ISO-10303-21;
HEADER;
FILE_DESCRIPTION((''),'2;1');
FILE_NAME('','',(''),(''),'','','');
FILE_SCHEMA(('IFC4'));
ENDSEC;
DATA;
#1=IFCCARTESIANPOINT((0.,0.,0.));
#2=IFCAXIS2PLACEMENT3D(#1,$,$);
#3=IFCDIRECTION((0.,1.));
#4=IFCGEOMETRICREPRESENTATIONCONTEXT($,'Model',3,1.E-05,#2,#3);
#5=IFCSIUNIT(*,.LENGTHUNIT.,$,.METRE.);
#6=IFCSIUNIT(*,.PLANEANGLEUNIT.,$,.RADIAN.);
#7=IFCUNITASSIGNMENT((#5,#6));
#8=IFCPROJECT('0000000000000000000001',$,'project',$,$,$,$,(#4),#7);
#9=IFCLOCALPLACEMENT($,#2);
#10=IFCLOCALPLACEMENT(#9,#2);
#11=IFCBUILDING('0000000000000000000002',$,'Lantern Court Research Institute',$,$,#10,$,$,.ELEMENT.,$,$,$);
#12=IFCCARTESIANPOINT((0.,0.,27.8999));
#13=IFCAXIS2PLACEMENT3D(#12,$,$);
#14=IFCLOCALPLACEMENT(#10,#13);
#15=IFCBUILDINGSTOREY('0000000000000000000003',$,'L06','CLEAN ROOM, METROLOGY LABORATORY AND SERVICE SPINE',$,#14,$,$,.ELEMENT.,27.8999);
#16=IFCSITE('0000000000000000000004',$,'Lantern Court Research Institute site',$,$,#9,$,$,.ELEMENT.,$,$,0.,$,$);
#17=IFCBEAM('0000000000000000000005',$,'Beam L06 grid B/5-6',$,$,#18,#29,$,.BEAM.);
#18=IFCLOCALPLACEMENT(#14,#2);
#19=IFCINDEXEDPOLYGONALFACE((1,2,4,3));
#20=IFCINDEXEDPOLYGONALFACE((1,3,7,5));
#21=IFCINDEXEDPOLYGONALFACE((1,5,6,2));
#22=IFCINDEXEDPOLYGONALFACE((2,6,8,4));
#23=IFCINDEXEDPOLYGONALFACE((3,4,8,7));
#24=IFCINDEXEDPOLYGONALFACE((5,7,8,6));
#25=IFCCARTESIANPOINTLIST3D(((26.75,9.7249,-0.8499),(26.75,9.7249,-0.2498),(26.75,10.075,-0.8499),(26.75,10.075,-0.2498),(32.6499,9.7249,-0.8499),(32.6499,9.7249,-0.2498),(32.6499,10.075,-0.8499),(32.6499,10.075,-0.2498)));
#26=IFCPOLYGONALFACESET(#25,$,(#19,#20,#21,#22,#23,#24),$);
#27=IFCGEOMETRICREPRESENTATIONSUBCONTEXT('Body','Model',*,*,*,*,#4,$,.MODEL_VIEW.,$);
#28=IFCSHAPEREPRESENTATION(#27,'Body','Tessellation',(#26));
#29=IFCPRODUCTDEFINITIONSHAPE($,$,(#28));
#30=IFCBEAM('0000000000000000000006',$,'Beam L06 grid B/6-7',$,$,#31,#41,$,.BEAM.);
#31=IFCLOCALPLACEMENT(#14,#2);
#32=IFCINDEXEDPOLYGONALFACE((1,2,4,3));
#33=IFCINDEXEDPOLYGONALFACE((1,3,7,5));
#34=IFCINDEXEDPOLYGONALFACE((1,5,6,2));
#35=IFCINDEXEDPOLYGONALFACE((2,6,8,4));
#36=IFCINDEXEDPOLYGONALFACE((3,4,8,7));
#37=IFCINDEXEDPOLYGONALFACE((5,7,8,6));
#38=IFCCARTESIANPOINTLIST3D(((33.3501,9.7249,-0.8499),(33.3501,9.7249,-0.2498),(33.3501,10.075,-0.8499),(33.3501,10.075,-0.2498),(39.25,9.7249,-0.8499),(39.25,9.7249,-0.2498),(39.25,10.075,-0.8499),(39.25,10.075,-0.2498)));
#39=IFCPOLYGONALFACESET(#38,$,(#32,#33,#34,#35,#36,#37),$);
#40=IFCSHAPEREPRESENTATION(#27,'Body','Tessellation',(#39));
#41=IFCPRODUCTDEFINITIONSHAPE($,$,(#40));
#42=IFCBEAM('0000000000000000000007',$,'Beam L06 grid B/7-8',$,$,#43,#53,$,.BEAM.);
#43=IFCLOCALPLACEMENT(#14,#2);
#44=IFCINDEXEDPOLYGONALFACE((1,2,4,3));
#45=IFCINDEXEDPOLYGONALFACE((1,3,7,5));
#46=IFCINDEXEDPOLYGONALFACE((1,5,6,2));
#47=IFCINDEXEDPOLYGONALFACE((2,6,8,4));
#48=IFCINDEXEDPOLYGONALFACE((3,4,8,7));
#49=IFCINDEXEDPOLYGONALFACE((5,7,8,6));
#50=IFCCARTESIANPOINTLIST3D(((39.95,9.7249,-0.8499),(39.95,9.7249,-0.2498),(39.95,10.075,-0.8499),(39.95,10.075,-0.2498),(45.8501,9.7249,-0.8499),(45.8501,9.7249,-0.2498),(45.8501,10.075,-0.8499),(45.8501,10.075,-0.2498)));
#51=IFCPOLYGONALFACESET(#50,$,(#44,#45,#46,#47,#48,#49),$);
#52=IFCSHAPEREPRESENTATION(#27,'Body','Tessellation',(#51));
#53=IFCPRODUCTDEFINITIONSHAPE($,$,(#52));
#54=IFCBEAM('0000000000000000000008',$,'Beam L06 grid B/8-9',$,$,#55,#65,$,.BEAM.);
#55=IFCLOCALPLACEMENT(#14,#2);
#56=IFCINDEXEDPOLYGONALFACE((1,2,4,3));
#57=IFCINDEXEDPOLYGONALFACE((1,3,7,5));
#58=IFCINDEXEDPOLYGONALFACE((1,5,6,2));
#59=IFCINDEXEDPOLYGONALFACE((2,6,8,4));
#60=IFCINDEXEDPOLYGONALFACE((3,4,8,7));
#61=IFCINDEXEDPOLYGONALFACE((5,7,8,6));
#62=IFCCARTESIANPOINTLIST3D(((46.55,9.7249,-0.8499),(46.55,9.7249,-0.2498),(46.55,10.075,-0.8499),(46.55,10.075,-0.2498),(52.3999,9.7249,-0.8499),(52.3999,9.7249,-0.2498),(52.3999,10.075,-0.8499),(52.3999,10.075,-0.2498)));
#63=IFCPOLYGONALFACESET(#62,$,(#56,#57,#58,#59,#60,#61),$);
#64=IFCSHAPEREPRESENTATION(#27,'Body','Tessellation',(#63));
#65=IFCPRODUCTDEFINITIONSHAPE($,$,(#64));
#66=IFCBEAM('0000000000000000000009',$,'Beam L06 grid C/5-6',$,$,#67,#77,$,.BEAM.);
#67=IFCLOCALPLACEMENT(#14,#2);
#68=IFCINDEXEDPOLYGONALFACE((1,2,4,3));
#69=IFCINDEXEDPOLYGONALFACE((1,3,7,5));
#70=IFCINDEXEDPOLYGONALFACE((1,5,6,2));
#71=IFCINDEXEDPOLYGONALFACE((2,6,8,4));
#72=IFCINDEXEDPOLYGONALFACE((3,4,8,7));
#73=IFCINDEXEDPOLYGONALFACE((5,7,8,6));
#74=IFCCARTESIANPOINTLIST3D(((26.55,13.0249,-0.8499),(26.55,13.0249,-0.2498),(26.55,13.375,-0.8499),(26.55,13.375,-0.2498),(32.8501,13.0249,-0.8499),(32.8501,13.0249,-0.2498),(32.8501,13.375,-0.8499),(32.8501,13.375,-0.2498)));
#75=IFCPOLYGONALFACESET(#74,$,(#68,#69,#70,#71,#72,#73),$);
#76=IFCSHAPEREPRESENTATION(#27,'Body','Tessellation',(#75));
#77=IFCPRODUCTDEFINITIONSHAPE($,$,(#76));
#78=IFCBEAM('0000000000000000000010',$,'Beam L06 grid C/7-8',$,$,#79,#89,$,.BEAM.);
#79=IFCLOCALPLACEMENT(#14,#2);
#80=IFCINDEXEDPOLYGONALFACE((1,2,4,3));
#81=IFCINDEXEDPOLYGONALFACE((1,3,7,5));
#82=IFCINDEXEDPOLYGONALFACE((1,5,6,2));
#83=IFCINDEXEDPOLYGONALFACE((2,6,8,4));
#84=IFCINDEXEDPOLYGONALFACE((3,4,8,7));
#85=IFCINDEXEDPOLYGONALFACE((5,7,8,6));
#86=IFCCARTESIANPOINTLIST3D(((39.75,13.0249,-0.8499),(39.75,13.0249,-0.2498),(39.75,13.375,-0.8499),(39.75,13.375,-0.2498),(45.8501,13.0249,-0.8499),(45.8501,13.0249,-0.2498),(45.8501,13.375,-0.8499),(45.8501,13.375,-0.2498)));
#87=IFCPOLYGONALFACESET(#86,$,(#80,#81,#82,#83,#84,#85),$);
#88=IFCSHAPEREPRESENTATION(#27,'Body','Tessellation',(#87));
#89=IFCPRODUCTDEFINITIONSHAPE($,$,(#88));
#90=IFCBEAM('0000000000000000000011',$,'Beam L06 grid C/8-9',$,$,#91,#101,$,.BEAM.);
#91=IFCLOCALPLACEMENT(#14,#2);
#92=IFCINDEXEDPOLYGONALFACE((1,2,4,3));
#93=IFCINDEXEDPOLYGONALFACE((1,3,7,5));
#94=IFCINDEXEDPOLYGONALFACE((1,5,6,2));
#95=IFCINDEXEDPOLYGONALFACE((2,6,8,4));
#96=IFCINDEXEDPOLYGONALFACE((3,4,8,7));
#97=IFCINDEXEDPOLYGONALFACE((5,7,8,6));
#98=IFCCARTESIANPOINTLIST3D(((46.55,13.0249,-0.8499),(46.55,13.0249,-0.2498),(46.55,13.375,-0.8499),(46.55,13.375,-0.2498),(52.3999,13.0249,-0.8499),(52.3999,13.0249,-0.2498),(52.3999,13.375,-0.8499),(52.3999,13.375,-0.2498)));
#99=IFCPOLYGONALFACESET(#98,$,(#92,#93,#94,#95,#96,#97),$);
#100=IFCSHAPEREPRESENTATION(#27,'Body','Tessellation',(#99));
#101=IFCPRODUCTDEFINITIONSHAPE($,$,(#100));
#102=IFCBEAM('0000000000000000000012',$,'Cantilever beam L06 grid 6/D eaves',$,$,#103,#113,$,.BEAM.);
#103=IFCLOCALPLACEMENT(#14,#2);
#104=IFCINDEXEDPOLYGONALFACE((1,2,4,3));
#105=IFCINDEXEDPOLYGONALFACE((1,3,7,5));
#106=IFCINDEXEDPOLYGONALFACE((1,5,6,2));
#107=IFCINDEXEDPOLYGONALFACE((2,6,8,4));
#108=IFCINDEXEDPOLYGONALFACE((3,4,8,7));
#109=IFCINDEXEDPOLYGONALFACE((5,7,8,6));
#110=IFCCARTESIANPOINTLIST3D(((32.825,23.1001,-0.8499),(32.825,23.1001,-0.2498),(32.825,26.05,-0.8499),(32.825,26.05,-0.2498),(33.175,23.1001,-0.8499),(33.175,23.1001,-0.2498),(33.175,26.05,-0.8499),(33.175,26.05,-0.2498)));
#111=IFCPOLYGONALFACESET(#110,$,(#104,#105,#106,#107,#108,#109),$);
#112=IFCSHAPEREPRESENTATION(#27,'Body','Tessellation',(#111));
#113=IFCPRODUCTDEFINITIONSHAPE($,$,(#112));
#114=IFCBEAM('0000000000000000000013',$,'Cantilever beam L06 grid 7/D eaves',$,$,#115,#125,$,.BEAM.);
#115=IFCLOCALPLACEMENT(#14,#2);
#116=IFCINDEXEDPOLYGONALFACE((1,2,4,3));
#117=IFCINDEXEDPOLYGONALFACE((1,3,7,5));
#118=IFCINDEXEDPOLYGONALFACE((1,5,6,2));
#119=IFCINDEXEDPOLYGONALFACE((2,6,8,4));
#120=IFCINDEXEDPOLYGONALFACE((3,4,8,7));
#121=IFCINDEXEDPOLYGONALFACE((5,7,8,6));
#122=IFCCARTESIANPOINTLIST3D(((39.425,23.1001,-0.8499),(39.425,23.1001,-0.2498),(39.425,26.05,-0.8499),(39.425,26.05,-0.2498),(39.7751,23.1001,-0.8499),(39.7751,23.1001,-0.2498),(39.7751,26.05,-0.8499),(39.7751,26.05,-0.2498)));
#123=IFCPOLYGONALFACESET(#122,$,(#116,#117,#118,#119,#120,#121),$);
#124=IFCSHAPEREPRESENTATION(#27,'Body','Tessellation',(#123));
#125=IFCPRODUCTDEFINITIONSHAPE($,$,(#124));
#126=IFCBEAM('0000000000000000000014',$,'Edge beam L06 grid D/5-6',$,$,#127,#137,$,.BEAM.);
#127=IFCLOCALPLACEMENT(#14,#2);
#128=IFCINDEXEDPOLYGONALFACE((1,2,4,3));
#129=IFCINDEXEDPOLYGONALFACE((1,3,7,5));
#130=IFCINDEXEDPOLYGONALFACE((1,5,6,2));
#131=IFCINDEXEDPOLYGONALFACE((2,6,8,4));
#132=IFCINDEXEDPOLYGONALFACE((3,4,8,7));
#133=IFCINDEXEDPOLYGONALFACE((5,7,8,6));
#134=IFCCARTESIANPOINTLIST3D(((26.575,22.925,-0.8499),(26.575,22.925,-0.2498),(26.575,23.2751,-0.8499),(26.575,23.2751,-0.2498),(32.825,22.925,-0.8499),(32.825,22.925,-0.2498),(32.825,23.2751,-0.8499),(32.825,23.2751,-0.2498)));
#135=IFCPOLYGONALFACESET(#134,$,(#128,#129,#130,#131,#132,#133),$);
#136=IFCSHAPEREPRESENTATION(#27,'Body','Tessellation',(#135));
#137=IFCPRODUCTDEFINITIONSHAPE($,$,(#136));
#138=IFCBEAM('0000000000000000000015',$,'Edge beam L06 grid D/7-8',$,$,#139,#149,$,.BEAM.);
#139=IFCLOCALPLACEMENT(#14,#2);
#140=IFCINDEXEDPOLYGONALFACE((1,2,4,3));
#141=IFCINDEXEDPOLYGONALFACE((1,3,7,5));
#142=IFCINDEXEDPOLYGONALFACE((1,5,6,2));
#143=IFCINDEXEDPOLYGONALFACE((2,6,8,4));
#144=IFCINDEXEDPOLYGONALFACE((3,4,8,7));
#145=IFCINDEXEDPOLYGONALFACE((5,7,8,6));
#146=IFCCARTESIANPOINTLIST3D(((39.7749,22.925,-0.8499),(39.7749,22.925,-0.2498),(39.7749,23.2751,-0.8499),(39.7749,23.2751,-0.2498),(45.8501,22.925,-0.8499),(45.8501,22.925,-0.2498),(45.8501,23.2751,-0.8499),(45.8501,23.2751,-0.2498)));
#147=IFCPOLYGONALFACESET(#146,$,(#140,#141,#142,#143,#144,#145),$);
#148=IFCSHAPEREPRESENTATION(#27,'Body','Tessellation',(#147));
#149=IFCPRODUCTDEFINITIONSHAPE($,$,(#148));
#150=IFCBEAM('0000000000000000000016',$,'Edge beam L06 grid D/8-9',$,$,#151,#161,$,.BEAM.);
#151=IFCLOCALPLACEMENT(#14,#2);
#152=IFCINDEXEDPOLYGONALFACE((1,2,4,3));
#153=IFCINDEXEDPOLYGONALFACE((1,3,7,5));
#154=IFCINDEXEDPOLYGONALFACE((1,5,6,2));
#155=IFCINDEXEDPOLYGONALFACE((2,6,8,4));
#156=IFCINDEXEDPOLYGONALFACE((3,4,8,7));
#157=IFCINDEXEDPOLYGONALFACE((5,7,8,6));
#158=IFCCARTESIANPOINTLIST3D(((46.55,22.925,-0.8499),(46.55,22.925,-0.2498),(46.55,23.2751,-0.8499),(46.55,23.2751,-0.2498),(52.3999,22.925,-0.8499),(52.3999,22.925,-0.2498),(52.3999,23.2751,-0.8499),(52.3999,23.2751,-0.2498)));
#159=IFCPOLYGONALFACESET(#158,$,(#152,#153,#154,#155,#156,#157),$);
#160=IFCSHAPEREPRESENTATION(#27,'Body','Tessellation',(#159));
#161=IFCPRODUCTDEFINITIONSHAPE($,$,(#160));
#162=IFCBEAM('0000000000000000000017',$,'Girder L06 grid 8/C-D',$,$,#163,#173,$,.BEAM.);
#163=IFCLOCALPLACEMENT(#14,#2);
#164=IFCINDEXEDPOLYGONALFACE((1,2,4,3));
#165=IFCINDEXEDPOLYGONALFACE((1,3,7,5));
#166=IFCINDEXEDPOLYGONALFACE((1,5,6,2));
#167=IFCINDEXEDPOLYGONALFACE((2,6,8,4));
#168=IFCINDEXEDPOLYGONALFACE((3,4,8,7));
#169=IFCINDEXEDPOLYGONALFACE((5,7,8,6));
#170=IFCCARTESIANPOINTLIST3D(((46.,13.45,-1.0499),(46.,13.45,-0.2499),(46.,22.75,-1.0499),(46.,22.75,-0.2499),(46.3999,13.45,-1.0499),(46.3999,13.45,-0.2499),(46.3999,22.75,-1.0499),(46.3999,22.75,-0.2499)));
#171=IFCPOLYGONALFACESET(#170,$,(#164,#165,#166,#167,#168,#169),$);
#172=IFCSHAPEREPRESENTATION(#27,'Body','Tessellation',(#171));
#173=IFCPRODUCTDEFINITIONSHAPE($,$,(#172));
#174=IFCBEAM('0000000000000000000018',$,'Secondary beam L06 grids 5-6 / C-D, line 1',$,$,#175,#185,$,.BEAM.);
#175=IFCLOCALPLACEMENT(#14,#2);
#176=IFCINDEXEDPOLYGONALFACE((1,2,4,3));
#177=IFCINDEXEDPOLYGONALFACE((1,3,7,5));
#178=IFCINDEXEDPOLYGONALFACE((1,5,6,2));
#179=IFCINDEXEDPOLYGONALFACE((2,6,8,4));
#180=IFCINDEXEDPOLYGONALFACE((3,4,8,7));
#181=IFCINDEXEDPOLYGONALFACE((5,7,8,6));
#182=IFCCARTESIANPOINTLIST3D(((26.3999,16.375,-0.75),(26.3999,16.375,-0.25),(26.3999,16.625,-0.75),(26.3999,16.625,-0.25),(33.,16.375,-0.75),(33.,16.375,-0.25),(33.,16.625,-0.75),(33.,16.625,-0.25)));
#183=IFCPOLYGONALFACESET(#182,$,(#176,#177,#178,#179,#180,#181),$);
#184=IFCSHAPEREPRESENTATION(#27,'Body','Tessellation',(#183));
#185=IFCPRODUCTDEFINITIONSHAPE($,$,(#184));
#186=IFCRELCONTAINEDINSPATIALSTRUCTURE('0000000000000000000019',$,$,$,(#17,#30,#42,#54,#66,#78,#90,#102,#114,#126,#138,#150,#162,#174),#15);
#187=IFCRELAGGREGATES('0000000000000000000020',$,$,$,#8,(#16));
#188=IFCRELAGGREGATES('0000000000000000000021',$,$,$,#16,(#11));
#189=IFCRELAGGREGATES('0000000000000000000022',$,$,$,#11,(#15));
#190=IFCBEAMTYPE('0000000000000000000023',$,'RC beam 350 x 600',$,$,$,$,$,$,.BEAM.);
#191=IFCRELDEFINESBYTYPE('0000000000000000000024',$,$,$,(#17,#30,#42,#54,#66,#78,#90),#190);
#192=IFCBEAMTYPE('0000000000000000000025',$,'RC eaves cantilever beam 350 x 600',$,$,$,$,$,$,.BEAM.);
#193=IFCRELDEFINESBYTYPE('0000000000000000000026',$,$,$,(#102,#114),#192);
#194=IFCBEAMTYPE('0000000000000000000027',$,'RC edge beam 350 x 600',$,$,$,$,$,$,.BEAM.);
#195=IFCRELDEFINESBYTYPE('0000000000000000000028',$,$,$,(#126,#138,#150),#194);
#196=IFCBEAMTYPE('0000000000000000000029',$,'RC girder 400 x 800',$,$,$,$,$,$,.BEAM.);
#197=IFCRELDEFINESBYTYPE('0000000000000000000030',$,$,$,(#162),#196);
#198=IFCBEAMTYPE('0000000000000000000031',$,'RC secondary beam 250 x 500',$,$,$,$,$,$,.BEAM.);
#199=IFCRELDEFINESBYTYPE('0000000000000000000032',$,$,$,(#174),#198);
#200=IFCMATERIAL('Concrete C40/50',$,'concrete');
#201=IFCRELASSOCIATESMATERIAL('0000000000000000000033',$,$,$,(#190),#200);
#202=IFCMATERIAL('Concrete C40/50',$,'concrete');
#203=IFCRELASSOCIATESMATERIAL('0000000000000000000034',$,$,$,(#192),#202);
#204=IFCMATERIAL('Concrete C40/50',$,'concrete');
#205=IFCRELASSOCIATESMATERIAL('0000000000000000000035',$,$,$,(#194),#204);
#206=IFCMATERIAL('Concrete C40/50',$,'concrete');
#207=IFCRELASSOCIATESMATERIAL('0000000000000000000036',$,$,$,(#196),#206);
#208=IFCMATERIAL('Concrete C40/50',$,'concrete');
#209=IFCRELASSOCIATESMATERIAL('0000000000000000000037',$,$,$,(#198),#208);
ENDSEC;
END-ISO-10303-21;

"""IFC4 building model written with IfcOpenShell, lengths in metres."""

from ifc_helpers import new_model, si_unit, direction, frame, origin, origin_2d, place, context, subcontext, project, spatial, rectangle, extrude, material, material_profile, profile_set, type_object, element, save


model = new_model("IFC4")

# Units and contexts
model_context = context("Model", 3, precision=1e-05, world=origin(), true_north=direction((0.0, 1.0)))
body_context = subcontext(model_context, "Body", "Model", "MODEL_VIEW")
ifc_project = project(units=[si_unit("LENGTHUNIT", "METRE"), si_unit("PLANEANGLEUNIT", "RADIAN")], contexts=[model_context])

# Site, building, storey
site_placement = place(None, origin())
site = spatial("IfcSite", under=ifc_project, at=site_placement, Name="Lantern Court Research Institute site", CompositionType="ELEMENT", RefElevation=0.0)
building_placement = place(site_placement, origin())
building = spatial("IfcBuilding", under=site, at=building_placement, Name="Lantern Court Research Institute", CompositionType="ELEMENT")
storey_placement = place(building_placement, frame((0.0, 0.0, 27.8999)))
storey = spatial("IfcBuildingStorey", under=building, at=storey_placement, Name="L06", Description="CLEAN ROOM, METROLOGY LABORATORY AND SERVICE SPINE", CompositionType="ELEMENT", Elevation=27.8999)

# Beams
ifc_material_1 = material(Name="Concrete C40/50", Category="concrete")
ifc_material_profile_1 = material_profile(ifc_material_1, rectangle(XDim=0.3501, YDim=0.6001, at=origin_2d()), Name="RC beam 350 x 600")
ifc_profile_set_1 = profile_set([ifc_material_profile_1], Name="Concrete C40/50")
beam_type_1 = type_object("IfcBeamType", Name="RC beam 350 x 600", PredefinedType="BEAM", material=ifc_profile_set_1)
for number, where, z_axis, x_axis, name in (
    (1, (26.75, 9.8999, -0.5498), (1.0, 0.0, 0.0), (0.0, 1.0, 0.0), "Beam L06 grid B/5-6"),
    (2, (33.3501, 9.8999, -0.5498), (1.0, 0.0, 0.0), (0.0, 1.0, 0.0), "Beam L06 grid B/6-7"),
):
    element("IfcBeam", number, at=place(storey_placement, frame(where, z_axis=z_axis, x_axis=x_axis)), inside=storey, type_object=beam_type_1, Name=name, PredefinedType="BEAM", context=body_context, shape_type="SweptSolid", body=[
        extrude(rectangle(XDim=0.3501, YDim=0.6001, at=origin_2d()), origin(), (0.0, 0.0, 1.0), 5.8999),
    ])
beam_1_placement = place(storey_placement, frame((39.95, 9.8999, -0.5498), z_axis=(1.0, 0.0, 0.0), x_axis=(0.0, 1.0, 0.0)))
element("IfcBeam", 3, at=beam_1_placement, inside=storey, type_object=beam_type_1, Name="Beam L06 grid B/7-8", PredefinedType="BEAM", context=body_context, shape_type="SweptSolid", body=[
    extrude(rectangle(XDim=0.3501, YDim=0.6001, at=origin_2d()), origin(), (0.0, 0.0, 1.0), 5.9001),
])
beam_2_placement = place(storey_placement, frame((46.55, 9.8999, -0.5498), z_axis=(1.0, 0.0, 0.0), x_axis=(0.0, 1.0, 0.0)))
element("IfcBeam", 4, at=beam_2_placement, inside=storey, type_object=beam_type_1, Name="Beam L06 grid B/8-9", PredefinedType="BEAM", context=body_context, shape_type="SweptSolid", body=[
    extrude(rectangle(XDim=0.3501, YDim=0.6001, at=origin_2d()), origin(), (0.0, 0.0, 1.0), 5.8499),
])
beam_3_placement = place(storey_placement, frame((26.55, 13.2, -0.5498), z_axis=(1.0, 0.0, 0.0), x_axis=(0.0, 1.0, 0.0)))
element("IfcBeam", 5, at=beam_3_placement, inside=storey, type_object=beam_type_1, Name="Beam L06 grid C/5-6", PredefinedType="BEAM", context=body_context, shape_type="SweptSolid", body=[
    extrude(rectangle(XDim=0.3501, YDim=0.6001, at=origin_2d()), origin(), (0.0, 0.0, 1.0), 6.3),
])
beam_4_placement = place(storey_placement, frame((39.75, 13.2, -0.5498), z_axis=(1.0, 0.0, 0.0), x_axis=(0.0, 1.0, 0.0)))
element("IfcBeam", 6, at=beam_4_placement, inside=storey, type_object=beam_type_1, Name="Beam L06 grid C/7-8", PredefinedType="BEAM", context=body_context, shape_type="SweptSolid", body=[
    extrude(rectangle(XDim=0.3501, YDim=0.6001, at=origin_2d()), origin(), (0.0, 0.0, 1.0), 6.1001),
])
beam_5_placement = place(storey_placement, frame((46.55, 13.2, -0.5498), z_axis=(1.0, 0.0, 0.0), x_axis=(0.0, 1.0, 0.0)))
element("IfcBeam", 7, at=beam_5_placement, inside=storey, type_object=beam_type_1, Name="Beam L06 grid C/8-9", PredefinedType="BEAM", context=body_context, shape_type="SweptSolid", body=[
    extrude(rectangle(XDim=0.3501, YDim=0.6001, at=origin_2d()), origin(), (0.0, 0.0, 1.0), 5.8499),
])
ifc_material_2 = material(Name="Concrete C40/50", Category="concrete")
ifc_material_profile_2 = material_profile(ifc_material_2, rectangle(XDim=0.3501, YDim=0.6001, at=origin_2d()), Name="RC beam 350 x 600")
ifc_profile_set_2 = profile_set([ifc_material_profile_2], Name="Concrete C40/50")
beam_type_2 = type_object("IfcBeamType", Name="RC eaves cantilever beam 350 x 600", PredefinedType="BEAM", material=ifc_profile_set_2)
for number, where, z_axis, x_axis, name in (
    (8, (33.0, 23.1001, -0.5498), (0.0, 1.0, 0.0), (-1.0, 0.0, 0.0), "Cantilever beam L06 grid 6/D eaves"),
    (9, (39.6001, 23.1001, -0.5498), (0.0, 1.0, 0.0), (-1.0, 0.0, 0.0), "Cantilever beam L06 grid 7/D eaves"),
):
    element("IfcBeam", number, at=place(storey_placement, frame(where, z_axis=z_axis, x_axis=x_axis)), inside=storey, type_object=beam_type_2, Name=name, PredefinedType="BEAM", context=body_context, shape_type="SweptSolid", body=[
        extrude(rectangle(XDim=0.3501, YDim=0.6001, at=origin_2d()), origin(), (0.0, 0.0, 1.0), 2.95),
    ])
ifc_material_3 = material(Name="Concrete C40/50", Category="concrete")
ifc_material_profile_3 = material_profile(ifc_material_3, rectangle(XDim=0.3501, YDim=0.6001, at=origin_2d()), Name="RC beam 350 x 600")
ifc_profile_set_3 = profile_set([ifc_material_profile_3], Name="Concrete C40/50")
beam_type_3 = type_object("IfcBeamType", Name="RC edge beam 350 x 600", PredefinedType="BEAM", material=ifc_profile_set_3)
beam_6_placement = place(storey_placement, frame((26.575, 23.1001, -0.5498), z_axis=(1.0, 0.0, 0.0), x_axis=(0.0, 1.0, 0.0)))
element("IfcBeam", 10, at=beam_6_placement, inside=storey, type_object=beam_type_3, Name="Edge beam L06 grid D/5-6", PredefinedType="BEAM", context=body_context, shape_type="SweptSolid", body=[
    extrude(rectangle(XDim=0.3501, YDim=0.6001, at=origin_2d()), origin(), (0.0, 0.0, 1.0), 6.25),
])
beam_7_placement = place(storey_placement, frame((39.7749, 23.1001, -0.5498), z_axis=(1.0, 0.0, 0.0), x_axis=(0.0, 1.0, 0.0)))
element("IfcBeam", 11, at=beam_7_placement, inside=storey, type_object=beam_type_3, Name="Edge beam L06 grid D/7-8", PredefinedType="BEAM", context=body_context, shape_type="SweptSolid", body=[
    extrude(rectangle(XDim=0.3501, YDim=0.6001, at=origin_2d()), origin(), (0.0, 0.0, 1.0), 6.0752),
])
beam_8_placement = place(storey_placement, frame((46.55, 23.1001, -0.5498), z_axis=(1.0, 0.0, 0.0), x_axis=(0.0, 1.0, 0.0)))
element("IfcBeam", 12, at=beam_8_placement, inside=storey, type_object=beam_type_3, Name="Edge beam L06 grid D/8-9", PredefinedType="BEAM", context=body_context, shape_type="SweptSolid", body=[
    extrude(rectangle(XDim=0.3501, YDim=0.6001, at=origin_2d()), origin(), (0.0, 0.0, 1.0), 5.8499),
])
ifc_material_4 = material(Name="Concrete C40/50", Category="concrete")
ifc_material_profile_4 = material_profile(ifc_material_4, rectangle(XDim=0.3999, YDim=0.8, at=origin_2d()), Name="RC beam 400 x 800")
ifc_profile_set_4 = profile_set([ifc_material_profile_4], Name="Concrete C40/50")
beam_type_4 = type_object("IfcBeamType", Name="RC girder 400 x 800", PredefinedType="BEAM", material=ifc_profile_set_4)
beam_9_placement = place(storey_placement, frame((46.2, 13.45, -0.6499), z_axis=(0.0, 1.0, 0.0), x_axis=(-1.0, 0.0, 0.0)))
element("IfcBeam", 13, at=beam_9_placement, inside=storey, type_object=beam_type_4, Name="Girder L06 grid 8/C-D", PredefinedType="BEAM", context=body_context, shape_type="SweptSolid", body=[
    extrude(rectangle(XDim=0.3999, YDim=0.8, at=origin_2d()), origin(), (0.0, 0.0, 1.0), 9.3),
])
ifc_material_5 = material(Name="Concrete C40/50", Category="concrete")
ifc_material_profile_5 = material_profile(ifc_material_5, rectangle(XDim=0.25, YDim=0.5, at=origin_2d()), Name="RC beam 250 x 500")
ifc_profile_set_5 = profile_set([ifc_material_profile_5], Name="Concrete C40/50")
beam_type_5 = type_object("IfcBeamType", Name="RC secondary beam 250 x 500", PredefinedType="BEAM", material=ifc_profile_set_5)
beam_10_placement = place(storey_placement, frame((26.3999, 16.5, -0.5), z_axis=(1.0, 0.0, 0.0), x_axis=(0.0, 1.0, 0.0)))
element("IfcBeam", 14, at=beam_10_placement, inside=storey, type_object=beam_type_5, Name="Secondary beam L06 grids 5-6 / C-D, line 1", PredefinedType="BEAM", context=body_context, shape_type="SweptSolid", body=[
    extrude(rectangle(XDim=0.25, YDim=0.5, at=origin_2d()), origin(), (0.0, 0.0, 1.0), 6.6001),
])

save(model, "model.ifc")
